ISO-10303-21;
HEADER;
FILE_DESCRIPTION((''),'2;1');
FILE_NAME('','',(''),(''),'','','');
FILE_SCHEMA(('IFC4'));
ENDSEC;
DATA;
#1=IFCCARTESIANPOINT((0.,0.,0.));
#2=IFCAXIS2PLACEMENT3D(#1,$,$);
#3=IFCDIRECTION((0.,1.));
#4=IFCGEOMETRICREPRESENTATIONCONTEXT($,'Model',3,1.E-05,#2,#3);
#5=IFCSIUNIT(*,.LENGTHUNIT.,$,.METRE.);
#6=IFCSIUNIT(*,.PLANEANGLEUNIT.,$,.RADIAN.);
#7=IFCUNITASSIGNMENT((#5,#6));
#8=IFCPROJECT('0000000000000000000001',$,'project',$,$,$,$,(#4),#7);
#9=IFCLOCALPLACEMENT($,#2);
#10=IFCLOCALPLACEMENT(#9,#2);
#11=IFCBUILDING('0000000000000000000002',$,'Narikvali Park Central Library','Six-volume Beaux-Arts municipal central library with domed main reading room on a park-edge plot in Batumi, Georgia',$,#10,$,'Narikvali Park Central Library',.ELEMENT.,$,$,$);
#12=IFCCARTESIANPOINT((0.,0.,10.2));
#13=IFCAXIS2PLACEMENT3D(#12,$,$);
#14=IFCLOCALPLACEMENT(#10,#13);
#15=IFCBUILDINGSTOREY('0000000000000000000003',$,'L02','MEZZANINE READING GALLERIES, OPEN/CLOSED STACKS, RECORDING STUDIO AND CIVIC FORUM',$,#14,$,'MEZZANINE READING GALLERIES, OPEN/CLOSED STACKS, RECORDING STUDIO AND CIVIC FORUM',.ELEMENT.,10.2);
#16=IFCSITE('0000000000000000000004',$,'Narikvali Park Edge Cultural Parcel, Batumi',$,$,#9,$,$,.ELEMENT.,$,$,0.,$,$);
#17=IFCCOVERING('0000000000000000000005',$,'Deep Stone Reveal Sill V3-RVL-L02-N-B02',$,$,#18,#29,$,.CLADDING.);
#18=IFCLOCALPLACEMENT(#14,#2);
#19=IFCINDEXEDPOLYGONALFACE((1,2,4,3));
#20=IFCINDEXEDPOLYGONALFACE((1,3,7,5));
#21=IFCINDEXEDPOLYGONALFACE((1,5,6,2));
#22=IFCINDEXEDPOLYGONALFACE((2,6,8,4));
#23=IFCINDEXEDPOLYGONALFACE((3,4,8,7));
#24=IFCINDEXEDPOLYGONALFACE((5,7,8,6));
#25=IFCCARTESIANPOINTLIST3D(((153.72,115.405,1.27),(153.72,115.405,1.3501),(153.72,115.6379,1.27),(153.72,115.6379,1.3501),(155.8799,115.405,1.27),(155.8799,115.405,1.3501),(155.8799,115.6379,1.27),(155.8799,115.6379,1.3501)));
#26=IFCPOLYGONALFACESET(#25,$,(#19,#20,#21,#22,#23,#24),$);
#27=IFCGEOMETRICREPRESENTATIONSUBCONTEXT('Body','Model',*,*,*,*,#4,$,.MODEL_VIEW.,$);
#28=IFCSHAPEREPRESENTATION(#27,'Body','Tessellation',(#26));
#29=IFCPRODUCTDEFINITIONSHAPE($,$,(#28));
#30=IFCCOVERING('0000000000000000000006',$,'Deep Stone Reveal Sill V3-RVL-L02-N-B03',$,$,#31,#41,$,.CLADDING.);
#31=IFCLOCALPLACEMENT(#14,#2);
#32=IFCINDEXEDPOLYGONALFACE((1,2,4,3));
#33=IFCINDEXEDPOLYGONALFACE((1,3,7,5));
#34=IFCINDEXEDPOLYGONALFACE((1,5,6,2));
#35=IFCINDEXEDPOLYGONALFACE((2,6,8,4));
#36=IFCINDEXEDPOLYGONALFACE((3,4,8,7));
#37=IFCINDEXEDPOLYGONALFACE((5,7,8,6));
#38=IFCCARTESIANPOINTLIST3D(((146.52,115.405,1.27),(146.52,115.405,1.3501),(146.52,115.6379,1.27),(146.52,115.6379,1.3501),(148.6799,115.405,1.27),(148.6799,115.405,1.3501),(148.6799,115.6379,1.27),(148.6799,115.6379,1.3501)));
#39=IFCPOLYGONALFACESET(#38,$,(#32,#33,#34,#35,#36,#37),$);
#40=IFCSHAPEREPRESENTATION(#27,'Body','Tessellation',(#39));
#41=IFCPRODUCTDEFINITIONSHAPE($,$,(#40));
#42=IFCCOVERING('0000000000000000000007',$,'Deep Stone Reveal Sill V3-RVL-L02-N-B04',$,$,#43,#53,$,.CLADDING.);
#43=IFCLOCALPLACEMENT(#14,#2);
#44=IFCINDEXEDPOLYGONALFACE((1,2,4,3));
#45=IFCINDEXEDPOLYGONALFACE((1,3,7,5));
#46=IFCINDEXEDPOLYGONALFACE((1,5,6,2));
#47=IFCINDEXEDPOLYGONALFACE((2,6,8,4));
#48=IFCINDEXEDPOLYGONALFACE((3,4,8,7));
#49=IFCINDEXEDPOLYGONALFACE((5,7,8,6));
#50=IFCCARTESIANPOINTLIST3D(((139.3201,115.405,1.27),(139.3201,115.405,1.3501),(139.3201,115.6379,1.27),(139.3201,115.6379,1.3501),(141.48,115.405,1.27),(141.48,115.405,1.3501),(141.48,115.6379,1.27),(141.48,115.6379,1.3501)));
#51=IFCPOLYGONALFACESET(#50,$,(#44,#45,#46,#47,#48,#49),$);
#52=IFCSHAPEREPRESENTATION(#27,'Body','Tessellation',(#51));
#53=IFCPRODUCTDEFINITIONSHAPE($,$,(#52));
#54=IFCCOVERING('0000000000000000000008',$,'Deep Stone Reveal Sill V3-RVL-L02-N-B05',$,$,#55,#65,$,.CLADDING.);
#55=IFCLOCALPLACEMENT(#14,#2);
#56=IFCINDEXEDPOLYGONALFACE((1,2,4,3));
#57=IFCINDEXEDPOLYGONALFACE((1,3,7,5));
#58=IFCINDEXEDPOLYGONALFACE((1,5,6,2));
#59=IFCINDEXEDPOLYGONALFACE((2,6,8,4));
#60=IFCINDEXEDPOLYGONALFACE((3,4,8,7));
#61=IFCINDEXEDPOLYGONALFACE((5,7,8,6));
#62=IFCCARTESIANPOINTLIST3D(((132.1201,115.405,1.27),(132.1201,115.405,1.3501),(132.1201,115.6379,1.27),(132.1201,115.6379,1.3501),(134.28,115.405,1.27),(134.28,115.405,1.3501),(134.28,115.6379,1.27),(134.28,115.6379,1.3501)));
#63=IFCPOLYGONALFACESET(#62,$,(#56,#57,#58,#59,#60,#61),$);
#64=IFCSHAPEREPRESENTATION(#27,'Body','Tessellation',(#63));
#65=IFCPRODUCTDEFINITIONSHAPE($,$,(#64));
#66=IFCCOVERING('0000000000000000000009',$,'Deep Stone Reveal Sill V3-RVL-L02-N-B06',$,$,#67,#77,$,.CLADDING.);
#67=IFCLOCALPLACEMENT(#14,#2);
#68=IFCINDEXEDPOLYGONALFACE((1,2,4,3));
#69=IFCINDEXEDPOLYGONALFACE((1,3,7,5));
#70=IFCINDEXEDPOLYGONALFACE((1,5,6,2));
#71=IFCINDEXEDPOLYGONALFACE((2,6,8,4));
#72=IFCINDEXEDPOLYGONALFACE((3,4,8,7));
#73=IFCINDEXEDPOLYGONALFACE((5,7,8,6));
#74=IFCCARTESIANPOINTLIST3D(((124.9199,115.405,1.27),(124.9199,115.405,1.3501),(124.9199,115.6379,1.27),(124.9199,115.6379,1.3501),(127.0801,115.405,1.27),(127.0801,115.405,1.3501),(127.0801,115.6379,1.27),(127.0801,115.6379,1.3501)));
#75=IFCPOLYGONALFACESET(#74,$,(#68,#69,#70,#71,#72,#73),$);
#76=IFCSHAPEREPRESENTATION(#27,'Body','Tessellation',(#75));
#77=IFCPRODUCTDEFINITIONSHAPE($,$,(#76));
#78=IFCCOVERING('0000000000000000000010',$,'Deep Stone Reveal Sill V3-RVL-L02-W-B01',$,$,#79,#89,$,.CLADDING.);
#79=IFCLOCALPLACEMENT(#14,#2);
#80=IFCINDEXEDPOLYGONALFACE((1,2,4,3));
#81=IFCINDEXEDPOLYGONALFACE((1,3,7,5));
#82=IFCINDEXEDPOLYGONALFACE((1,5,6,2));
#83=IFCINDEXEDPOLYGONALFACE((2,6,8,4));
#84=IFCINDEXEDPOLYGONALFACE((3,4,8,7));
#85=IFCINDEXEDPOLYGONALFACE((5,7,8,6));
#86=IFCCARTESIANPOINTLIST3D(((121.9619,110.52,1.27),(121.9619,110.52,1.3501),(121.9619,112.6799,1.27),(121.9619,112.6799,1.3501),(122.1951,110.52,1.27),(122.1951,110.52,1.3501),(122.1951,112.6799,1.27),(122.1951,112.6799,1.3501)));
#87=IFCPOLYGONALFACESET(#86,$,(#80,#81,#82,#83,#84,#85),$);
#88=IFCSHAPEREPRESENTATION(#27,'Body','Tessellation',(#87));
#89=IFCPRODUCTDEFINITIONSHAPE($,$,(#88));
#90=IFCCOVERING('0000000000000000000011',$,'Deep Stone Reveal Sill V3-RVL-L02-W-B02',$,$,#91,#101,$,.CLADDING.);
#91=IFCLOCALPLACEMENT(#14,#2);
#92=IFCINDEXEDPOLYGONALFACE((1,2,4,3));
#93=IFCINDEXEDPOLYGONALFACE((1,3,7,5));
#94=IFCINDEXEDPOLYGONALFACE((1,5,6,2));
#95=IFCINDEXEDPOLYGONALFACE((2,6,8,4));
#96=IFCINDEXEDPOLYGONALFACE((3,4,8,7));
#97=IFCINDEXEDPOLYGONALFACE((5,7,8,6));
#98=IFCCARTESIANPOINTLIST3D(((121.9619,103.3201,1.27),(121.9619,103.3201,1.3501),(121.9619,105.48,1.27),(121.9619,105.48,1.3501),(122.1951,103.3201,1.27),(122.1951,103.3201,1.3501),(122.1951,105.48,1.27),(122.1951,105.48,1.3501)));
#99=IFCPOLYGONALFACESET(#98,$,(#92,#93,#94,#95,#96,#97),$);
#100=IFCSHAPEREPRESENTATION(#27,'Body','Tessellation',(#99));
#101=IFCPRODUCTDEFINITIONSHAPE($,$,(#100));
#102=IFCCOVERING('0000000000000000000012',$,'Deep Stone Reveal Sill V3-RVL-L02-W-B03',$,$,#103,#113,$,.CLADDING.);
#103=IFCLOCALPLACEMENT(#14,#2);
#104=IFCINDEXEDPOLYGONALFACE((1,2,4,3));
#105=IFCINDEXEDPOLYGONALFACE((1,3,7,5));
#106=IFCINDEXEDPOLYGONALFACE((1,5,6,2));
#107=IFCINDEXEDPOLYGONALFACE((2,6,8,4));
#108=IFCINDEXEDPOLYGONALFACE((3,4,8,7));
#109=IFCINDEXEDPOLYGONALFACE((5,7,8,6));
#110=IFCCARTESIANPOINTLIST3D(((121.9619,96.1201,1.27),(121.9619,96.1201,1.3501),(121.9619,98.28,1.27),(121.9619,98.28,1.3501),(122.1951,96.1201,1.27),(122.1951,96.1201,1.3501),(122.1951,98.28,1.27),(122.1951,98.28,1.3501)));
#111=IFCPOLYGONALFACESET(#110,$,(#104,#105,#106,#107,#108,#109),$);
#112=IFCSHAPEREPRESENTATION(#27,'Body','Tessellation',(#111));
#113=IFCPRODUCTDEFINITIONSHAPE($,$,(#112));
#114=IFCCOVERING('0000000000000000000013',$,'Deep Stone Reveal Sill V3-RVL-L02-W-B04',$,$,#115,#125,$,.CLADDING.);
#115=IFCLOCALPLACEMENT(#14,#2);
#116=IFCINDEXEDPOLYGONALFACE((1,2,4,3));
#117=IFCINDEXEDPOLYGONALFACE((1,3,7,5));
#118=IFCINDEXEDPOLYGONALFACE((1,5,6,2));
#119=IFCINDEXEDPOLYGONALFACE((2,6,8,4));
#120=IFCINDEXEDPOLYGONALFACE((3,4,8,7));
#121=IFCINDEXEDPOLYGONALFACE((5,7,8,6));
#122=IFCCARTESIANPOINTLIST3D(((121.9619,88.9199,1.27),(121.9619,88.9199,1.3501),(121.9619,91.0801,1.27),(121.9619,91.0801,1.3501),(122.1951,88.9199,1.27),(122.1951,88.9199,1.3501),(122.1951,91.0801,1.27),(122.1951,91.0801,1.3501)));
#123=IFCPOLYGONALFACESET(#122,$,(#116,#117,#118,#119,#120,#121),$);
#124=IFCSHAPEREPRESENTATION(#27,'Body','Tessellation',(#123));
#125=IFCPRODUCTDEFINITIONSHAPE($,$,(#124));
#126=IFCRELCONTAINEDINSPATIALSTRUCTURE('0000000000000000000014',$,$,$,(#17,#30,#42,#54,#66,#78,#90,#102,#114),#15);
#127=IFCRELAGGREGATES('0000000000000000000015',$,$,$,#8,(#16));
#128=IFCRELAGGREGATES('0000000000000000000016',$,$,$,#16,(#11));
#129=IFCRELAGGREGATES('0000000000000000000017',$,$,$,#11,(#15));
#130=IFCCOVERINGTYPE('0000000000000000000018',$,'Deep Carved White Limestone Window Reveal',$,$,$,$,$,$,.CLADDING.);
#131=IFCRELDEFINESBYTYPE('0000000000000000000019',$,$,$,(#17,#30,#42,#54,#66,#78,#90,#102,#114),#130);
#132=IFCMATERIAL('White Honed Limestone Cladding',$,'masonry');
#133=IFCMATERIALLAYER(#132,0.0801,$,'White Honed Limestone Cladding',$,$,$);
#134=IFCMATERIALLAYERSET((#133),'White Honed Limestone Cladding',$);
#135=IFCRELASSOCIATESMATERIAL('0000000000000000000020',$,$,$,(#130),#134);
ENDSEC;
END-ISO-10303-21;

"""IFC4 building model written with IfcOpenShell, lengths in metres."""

from ifc_helpers import new_model, si_unit, direction, frame, origin, place, context, subcontext, project, spatial, polyline, outline, extrude, material, layer, layer_set, type_object, element, save


model = new_model("IFC4")

# Units and contexts
model_context = context("Model", 3, precision=1e-05, world=origin(), true_north=direction((0.0, 1.0)))
body_context = subcontext(model_context, "Body", "Model", "MODEL_VIEW")
ifc_project = project(units=[si_unit("LENGTHUNIT", "METRE"), si_unit("PLANEANGLEUNIT", "RADIAN")], contexts=[model_context])

# Site, building, storey
site_placement = place(None, origin())
site = spatial("IfcSite", under=ifc_project, at=site_placement, Name="Narikvali Park Edge Cultural Parcel, Batumi", CompositionType="ELEMENT", RefElevation=0.0)
building_placement = place(site_placement, origin())
building = spatial("IfcBuilding", under=site, at=building_placement, Name="Narikvali Park Central Library", Description="Six-volume Beaux-Arts municipal central library with domed main reading room on a park-edge plot in Batumi, Georgia", LongName="Narikvali Park Central Library", CompositionType="ELEMENT")
storey_placement = place(building_placement, frame((0.0, 0.0, 10.2)))
storey = spatial("IfcBuildingStorey", under=building, at=storey_placement, Name="L02", Description="MEZZANINE READING GALLERIES, OPEN/CLOSED STACKS, RECORDING STUDIO AND CIVIC FORUM", LongName="MEZZANINE READING GALLERIES, OPEN/CLOSED STACKS, RECORDING STUDIO AND CIVIC FORUM", CompositionType="ELEMENT", Elevation=10.2)

# Coverings
ifc_material = material(Name="White Honed Limestone Cladding", Category="masonry")
ifc_layer = layer(ifc_material, 0.0801, Name="White Honed Limestone Cladding")
ifc_layer_set = layer_set([ifc_layer], Name="White Honed Limestone Cladding")
covering_type = type_object("IfcCoveringType", Name="Deep Carved White Limestone Window Reveal", PredefinedType="CLADDING", material=ifc_layer_set)
covering_1_placement = place(storey_placement, frame((0.0, 0.0, 1.27)))
element("IfcCovering", 1, at=covering_1_placement, inside=storey, type_object=covering_type, Name="Deep Stone Reveal Sill V3-RVL-L02-N-B02", PredefinedType="CLADDING", context=body_context, shape_type="SweptSolid", body=[
    extrude(outline(polyline([(155.8799, 115.405), (153.72, 115.405), (153.72, 115.6379), (155.8799, 115.6379), (155.8799, 115.405)])), origin(), (0.0, 0.0, 1.0), 0.0801),
])
covering_2_placement = place(storey_placement, frame((0.0, 0.0, 1.27)))
element("IfcCovering", 2, at=covering_2_placement, inside=storey, type_object=covering_type, Name="Deep Stone Reveal Sill V3-RVL-L02-N-B03", PredefinedType="CLADDING", context=body_context, shape_type="SweptSolid", body=[
    extrude(outline(polyline([(148.6799, 115.405), (146.52, 115.405), (146.52, 115.6379), (148.6799, 115.6379), (148.6799, 115.405)])), origin(), (0.0, 0.0, 1.0), 0.0801),
])
covering_3_placement = place(storey_placement, frame((0.0, 0.0, 1.27)))
element("IfcCovering", 3, at=covering_3_placement, inside=storey, type_object=covering_type, Name="Deep Stone Reveal Sill V3-RVL-L02-N-B04", PredefinedType="CLADDING", context=body_context, shape_type="SweptSolid", body=[
    extrude(outline(polyline([(141.48, 115.405), (139.3201, 115.405), (139.3201, 115.6379), (141.48, 115.6379), (141.48, 115.405)])), origin(), (0.0, 0.0, 1.0), 0.0801),
])
covering_4_placement = place(storey_placement, frame((0.0, 0.0, 1.27)))
element("IfcCovering", 4, at=covering_4_placement, inside=storey, type_object=covering_type, Name="Deep Stone Reveal Sill V3-RVL-L02-N-B05", PredefinedType="CLADDING", context=body_context, shape_type="SweptSolid", body=[
    extrude(outline(polyline([(134.28, 115.405), (132.1201, 115.405), (132.1201, 115.6379), (134.28, 115.6379), (134.28, 115.405)])), origin(), (0.0, 0.0, 1.0), 0.0801),
])
covering_5_placement = place(storey_placement, frame((0.0, 0.0, 1.27)))
element("IfcCovering", 5, at=covering_5_placement, inside=storey, type_object=covering_type, Name="Deep Stone Reveal Sill V3-RVL-L02-N-B06", PredefinedType="CLADDING", context=body_context, shape_type="SweptSolid", body=[
    extrude(outline(polyline([(127.0801, 115.405), (124.9199, 115.405), (124.9199, 115.6379), (127.0801, 115.6379), (127.0801, 115.405)])), origin(), (0.0, 0.0, 1.0), 0.0801),
])
covering_6_placement = place(storey_placement, frame((0.0, 0.0, 1.27)))
element("IfcCovering", 6, at=covering_6_placement, inside=storey, type_object=covering_type, Name="Deep Stone Reveal Sill V3-RVL-L02-W-B01", PredefinedType="CLADDING", context=body_context, shape_type="SweptSolid", body=[
    extrude(outline(polyline([(122.1951, 112.6799), (122.1951, 110.52), (121.9619, 110.52), (121.9619, 112.6799), (122.1951, 112.6799)])), origin(), (0.0, 0.0, 1.0), 0.0801),
])
covering_7_placement = place(storey_placement, frame((0.0, 0.0, 1.27)))
element("IfcCovering", 7, at=covering_7_placement, inside=storey, type_object=covering_type, Name="Deep Stone Reveal Sill V3-RVL-L02-W-B02", PredefinedType="CLADDING", context=body_context, shape_type="SweptSolid", body=[
    extrude(outline(polyline([(122.1951, 105.48), (122.1951, 103.3201), (121.9619, 103.3201), (121.9619, 105.48), (122.1951, 105.48)])), origin(), (0.0, 0.0, 1.0), 0.0801),
])
covering_8_placement = place(storey_placement, frame((0.0, 0.0, 1.27)))
element("IfcCovering", 8, at=covering_8_placement, inside=storey, type_object=covering_type, Name="Deep Stone Reveal Sill V3-RVL-L02-W-B03", PredefinedType="CLADDING", context=body_context, shape_type="SweptSolid", body=[
    extrude(outline(polyline([(122.1951, 98.28), (122.1951, 96.1201), (121.9619, 96.1201), (121.9619, 98.28), (122.1951, 98.28)])), origin(), (0.0, 0.0, 1.0), 0.0801),
])
covering_9_placement = place(storey_placement, frame((0.0, 0.0, 1.27)))
element("IfcCovering", 9, at=covering_9_placement, inside=storey, type_object=covering_type, Name="Deep Stone Reveal Sill V3-RVL-L02-W-B04", PredefinedType="CLADDING", context=body_context, shape_type="SweptSolid", body=[
    extrude(outline(polyline([(122.1951, 91.0801), (122.1951, 88.9199), (121.9619, 88.9199), (121.9619, 91.0801), (122.1951, 91.0801)])), origin(), (0.0, 0.0, 1.0), 0.0801),
])

save(model, "model.ifc")
